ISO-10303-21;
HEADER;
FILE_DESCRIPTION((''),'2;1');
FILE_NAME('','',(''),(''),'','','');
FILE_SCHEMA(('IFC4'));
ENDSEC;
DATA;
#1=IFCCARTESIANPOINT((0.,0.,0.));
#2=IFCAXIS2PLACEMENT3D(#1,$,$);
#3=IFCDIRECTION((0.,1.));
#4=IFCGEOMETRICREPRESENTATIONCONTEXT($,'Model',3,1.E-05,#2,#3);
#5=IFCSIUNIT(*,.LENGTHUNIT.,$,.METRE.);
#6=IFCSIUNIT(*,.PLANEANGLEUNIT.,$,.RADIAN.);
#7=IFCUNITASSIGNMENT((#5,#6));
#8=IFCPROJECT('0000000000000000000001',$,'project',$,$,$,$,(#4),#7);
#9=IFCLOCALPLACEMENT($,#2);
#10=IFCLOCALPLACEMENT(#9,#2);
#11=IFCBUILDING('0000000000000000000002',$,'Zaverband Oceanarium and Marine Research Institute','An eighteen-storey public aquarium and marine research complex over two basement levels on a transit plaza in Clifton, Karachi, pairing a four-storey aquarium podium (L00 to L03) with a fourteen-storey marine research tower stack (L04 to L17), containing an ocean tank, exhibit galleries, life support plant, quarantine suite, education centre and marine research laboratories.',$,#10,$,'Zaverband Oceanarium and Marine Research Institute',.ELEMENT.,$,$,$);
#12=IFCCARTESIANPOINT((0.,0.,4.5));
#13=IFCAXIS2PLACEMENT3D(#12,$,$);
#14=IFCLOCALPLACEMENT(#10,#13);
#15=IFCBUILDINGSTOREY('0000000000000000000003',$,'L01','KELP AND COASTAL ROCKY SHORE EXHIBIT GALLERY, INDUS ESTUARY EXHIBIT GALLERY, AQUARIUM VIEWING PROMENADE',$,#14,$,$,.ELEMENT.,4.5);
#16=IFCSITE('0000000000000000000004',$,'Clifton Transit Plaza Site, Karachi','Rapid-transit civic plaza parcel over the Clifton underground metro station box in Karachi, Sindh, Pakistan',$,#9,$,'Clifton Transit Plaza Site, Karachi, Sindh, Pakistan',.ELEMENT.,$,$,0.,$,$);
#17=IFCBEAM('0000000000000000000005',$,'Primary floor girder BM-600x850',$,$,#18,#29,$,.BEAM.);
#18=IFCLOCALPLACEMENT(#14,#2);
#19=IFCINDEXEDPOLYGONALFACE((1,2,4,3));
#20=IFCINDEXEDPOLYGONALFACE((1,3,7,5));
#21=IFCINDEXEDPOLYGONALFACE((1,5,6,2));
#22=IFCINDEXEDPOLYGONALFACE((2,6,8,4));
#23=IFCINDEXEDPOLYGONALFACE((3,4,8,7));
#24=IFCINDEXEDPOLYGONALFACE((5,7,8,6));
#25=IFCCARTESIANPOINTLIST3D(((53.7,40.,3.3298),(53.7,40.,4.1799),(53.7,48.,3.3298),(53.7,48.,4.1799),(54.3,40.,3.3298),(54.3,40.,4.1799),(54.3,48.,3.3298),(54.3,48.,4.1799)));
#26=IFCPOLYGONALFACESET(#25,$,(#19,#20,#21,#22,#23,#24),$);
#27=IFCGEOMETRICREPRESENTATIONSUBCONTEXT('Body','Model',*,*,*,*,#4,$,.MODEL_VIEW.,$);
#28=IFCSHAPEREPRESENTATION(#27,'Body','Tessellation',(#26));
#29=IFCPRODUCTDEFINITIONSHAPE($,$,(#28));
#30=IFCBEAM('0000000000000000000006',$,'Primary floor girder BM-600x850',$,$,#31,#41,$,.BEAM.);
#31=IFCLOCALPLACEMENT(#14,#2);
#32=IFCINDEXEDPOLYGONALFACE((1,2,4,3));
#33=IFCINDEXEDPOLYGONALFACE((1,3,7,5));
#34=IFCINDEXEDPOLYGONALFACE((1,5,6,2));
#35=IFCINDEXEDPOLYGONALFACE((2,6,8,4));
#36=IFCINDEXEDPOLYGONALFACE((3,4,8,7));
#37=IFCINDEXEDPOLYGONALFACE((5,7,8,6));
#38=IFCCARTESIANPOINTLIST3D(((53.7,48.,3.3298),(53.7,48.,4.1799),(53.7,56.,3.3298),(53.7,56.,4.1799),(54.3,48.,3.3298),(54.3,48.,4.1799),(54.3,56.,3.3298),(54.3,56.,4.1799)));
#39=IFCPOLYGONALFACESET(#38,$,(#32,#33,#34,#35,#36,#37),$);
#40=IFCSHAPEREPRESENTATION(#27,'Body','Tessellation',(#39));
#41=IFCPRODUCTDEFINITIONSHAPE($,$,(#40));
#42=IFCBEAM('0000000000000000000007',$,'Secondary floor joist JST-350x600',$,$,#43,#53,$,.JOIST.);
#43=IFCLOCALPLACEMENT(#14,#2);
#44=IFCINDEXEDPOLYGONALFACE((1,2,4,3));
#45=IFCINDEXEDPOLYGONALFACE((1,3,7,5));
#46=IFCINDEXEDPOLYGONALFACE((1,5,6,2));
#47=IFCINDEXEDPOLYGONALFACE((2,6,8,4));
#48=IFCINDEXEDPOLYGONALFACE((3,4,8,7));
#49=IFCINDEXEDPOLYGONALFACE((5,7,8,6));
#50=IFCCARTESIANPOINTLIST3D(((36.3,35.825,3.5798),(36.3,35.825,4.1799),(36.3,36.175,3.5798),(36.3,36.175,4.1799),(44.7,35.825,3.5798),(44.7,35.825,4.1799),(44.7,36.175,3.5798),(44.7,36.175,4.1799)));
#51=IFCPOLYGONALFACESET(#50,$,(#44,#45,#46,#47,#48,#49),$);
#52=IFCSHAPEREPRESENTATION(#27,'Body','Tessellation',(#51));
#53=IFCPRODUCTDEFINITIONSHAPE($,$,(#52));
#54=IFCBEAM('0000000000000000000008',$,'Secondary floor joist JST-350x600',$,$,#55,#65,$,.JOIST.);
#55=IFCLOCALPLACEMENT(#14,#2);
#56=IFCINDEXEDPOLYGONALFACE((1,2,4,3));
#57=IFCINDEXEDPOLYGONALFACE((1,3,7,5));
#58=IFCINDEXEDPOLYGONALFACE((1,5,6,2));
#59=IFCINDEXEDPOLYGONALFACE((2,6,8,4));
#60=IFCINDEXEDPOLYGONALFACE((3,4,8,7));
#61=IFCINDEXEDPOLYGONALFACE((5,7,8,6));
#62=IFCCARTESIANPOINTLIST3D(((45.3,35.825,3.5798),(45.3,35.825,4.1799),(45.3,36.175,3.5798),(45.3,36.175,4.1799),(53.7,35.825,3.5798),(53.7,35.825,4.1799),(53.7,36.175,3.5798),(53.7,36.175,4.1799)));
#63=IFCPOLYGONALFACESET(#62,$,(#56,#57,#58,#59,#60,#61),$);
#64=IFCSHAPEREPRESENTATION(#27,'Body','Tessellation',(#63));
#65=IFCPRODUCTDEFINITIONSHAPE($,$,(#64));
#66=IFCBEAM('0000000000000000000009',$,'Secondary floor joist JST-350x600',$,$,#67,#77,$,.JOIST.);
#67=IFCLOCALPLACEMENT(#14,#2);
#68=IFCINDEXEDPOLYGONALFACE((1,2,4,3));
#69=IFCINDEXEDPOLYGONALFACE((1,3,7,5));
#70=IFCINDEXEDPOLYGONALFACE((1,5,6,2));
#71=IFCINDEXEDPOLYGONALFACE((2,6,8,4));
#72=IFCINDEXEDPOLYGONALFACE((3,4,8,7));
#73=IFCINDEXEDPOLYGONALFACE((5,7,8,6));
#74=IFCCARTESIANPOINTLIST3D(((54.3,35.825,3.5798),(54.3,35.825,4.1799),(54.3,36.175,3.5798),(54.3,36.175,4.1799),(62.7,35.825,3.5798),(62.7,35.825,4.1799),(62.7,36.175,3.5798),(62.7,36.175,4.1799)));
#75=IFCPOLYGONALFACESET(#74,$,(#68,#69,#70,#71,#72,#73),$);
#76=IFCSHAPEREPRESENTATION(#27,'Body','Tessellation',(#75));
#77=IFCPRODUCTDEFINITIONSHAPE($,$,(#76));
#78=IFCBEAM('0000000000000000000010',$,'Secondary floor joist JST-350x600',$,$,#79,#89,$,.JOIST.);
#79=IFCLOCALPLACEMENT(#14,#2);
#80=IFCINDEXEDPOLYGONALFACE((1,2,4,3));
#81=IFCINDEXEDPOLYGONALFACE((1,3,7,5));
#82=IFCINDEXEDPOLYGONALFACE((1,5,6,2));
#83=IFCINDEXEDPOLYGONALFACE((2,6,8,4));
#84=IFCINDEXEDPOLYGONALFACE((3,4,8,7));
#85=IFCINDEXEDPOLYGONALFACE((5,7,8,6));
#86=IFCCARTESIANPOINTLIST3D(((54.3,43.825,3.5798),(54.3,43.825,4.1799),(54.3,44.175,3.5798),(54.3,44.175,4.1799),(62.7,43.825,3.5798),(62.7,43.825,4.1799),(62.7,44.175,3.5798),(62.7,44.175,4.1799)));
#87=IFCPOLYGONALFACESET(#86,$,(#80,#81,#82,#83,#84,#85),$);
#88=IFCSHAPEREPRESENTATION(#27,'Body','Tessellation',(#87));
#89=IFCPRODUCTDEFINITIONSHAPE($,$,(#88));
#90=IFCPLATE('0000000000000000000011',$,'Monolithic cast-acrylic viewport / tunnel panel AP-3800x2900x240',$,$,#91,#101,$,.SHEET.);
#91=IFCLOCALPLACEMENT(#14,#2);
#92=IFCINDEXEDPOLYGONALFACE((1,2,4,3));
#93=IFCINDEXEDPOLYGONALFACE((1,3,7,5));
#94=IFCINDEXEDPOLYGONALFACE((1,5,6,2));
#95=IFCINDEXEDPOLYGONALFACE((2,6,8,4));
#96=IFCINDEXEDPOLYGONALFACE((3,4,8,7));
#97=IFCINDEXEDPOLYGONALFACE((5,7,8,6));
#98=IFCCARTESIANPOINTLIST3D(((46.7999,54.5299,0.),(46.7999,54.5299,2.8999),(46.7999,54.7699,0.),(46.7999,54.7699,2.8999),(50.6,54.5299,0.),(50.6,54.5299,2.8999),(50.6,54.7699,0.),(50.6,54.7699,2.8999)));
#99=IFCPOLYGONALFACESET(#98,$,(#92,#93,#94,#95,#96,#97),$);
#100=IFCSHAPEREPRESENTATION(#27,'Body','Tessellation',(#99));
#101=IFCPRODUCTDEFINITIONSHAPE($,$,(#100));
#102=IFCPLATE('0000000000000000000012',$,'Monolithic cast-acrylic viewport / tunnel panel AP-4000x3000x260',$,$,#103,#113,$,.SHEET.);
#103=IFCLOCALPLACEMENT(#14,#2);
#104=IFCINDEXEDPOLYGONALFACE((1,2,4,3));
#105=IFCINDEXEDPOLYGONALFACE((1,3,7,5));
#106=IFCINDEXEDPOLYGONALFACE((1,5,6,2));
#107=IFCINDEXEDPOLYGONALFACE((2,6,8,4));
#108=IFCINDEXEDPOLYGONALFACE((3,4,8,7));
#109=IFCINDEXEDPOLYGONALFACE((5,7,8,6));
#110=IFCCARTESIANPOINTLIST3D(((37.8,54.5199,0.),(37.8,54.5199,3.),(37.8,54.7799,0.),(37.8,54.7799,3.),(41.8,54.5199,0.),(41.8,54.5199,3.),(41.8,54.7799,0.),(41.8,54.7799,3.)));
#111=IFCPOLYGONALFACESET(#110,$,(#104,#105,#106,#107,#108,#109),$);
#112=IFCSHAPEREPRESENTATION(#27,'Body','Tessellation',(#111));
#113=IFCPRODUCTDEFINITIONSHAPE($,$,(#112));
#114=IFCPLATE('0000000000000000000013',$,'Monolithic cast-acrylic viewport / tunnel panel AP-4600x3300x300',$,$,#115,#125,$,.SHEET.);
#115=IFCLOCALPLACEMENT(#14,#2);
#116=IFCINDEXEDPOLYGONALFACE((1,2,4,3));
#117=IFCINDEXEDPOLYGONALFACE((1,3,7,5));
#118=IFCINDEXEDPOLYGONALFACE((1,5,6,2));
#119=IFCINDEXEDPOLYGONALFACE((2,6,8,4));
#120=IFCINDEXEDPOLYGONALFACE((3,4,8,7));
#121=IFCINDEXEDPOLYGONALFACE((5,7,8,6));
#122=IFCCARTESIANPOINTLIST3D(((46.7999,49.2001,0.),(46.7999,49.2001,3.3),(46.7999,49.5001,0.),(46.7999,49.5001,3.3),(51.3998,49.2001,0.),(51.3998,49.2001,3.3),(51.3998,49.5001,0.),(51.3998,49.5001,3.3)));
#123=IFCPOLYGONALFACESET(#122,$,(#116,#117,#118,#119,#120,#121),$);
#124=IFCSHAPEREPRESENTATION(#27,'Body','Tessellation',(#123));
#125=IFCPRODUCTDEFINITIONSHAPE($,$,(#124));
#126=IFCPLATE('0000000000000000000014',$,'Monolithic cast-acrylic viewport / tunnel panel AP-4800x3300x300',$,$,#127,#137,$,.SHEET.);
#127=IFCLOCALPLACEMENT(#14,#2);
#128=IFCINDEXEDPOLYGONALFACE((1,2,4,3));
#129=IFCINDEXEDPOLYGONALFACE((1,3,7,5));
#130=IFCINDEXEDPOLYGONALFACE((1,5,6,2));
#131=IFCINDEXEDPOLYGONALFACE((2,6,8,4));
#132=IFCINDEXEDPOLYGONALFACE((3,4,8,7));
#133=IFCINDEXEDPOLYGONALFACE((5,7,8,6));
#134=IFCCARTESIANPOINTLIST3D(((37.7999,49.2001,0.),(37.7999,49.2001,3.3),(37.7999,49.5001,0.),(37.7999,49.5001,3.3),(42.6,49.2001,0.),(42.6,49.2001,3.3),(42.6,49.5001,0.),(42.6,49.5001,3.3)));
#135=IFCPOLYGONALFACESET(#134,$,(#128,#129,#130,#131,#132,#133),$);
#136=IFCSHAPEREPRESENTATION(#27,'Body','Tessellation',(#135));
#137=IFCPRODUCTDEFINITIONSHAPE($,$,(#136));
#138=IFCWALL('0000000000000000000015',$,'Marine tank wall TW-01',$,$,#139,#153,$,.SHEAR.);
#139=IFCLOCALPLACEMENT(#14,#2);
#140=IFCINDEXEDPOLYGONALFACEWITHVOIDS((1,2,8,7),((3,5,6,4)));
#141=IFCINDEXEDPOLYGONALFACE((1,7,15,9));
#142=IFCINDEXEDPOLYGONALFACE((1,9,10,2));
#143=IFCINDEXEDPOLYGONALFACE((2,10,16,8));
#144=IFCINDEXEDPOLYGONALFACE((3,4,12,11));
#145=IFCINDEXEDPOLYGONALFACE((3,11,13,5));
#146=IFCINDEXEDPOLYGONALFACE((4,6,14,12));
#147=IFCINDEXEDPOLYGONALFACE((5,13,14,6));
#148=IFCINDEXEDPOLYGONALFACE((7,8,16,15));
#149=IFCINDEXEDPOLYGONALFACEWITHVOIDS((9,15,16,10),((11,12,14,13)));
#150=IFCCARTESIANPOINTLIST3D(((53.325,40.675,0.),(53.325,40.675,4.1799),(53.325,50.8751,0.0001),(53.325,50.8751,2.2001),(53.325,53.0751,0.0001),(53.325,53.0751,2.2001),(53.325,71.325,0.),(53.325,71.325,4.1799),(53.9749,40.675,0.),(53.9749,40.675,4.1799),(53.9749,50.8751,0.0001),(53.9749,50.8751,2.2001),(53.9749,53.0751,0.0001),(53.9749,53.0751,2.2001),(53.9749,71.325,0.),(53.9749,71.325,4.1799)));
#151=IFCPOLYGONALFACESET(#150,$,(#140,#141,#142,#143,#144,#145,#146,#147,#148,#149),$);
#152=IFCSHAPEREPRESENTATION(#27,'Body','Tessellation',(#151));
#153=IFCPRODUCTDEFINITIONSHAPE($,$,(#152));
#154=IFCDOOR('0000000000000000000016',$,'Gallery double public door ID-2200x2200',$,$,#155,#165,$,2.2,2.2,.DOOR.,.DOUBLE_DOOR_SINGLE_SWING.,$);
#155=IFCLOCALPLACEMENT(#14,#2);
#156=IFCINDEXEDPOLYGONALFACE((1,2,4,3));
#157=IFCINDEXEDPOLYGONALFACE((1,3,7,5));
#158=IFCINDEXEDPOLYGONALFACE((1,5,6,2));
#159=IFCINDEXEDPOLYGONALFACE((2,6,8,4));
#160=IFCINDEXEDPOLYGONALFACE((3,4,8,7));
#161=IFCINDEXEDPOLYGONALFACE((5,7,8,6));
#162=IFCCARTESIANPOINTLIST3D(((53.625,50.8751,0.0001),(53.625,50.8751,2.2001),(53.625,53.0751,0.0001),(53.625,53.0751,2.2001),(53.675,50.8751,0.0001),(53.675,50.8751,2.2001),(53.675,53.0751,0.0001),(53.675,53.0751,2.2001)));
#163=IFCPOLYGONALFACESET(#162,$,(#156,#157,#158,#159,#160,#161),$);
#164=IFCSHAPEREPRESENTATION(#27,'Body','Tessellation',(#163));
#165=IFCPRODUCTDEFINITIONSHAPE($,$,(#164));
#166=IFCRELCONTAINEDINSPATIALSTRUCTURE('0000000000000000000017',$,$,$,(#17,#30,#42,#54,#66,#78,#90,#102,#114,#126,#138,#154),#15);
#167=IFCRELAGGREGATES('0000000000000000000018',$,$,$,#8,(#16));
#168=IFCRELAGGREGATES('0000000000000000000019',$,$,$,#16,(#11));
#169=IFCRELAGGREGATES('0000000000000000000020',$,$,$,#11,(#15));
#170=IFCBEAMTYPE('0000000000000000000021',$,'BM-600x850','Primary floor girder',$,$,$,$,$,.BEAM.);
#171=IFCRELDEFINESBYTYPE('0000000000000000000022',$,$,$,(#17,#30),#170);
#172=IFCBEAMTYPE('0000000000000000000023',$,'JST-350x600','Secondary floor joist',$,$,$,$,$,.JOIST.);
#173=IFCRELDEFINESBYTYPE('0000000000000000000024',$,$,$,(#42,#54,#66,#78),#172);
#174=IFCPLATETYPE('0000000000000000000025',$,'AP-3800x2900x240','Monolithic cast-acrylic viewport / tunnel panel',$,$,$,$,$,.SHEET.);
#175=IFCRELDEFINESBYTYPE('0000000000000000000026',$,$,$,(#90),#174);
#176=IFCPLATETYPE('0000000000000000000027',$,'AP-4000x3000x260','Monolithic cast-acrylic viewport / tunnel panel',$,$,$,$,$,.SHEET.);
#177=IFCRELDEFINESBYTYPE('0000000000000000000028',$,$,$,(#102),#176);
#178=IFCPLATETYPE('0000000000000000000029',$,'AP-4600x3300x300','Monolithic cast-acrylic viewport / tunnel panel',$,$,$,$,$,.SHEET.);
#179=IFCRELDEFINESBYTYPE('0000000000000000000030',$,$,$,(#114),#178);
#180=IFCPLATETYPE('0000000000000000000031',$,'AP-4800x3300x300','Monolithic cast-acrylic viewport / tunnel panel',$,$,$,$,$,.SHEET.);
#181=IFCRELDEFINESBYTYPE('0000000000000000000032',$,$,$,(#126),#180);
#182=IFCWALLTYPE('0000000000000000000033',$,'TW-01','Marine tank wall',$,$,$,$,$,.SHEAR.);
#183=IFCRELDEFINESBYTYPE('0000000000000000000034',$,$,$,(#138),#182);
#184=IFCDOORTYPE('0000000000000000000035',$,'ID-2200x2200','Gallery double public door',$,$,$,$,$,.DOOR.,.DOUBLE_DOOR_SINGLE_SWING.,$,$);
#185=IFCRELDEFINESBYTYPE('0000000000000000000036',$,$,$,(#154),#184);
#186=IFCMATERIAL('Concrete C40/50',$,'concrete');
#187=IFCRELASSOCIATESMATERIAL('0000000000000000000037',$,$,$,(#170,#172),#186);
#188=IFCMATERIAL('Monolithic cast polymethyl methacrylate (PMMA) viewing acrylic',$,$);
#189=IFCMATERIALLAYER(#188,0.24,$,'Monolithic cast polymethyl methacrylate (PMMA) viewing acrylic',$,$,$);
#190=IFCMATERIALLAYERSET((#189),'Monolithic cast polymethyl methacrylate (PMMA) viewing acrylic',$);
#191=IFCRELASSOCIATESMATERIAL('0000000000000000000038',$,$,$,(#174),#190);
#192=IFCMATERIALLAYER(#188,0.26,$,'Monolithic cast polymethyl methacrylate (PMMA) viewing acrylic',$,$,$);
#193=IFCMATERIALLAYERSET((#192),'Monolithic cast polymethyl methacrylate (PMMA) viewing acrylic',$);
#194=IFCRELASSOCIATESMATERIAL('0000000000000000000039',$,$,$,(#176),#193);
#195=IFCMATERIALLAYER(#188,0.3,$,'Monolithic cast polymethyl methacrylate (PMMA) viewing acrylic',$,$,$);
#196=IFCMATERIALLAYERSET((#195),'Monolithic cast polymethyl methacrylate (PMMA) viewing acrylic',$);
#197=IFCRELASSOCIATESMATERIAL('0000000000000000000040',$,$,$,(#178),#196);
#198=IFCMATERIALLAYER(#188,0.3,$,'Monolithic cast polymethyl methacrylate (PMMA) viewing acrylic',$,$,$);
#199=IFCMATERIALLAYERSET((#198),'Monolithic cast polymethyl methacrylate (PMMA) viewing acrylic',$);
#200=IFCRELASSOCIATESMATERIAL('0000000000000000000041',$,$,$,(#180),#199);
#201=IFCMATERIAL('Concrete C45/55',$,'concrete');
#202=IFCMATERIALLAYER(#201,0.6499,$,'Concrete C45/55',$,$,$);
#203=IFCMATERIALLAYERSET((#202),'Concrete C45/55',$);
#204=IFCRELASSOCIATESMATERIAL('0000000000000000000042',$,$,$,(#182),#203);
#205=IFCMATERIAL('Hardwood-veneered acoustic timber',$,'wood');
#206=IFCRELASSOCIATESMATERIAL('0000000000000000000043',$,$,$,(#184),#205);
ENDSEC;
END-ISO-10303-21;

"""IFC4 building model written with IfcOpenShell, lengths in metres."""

from ifc_helpers import new_model, si_unit, direction, frame, frame_2d, origin, origin_2d, place, context, subcontext, project, spatial, rectangle, extrude, material, layer, layer_set, material_profile, profile_set, type_object, element, fill, save


model = new_model("IFC4")

# Units and contexts
model_context = context("Model", 3, precision=1e-05, world=origin(), true_north=direction((0.0, 1.0)))
body_context = subcontext(model_context, "Body", "Model", "MODEL_VIEW")
ifc_project = project(units=[si_unit("LENGTHUNIT", "METRE"), si_unit("PLANEANGLEUNIT", "RADIAN")], contexts=[model_context])

# Site, building, storey
site_placement = place(None, origin())
site = spatial("IfcSite", under=ifc_project, at=site_placement, Name="Clifton Transit Plaza Site, Karachi", Description="Rapid-transit civic plaza parcel over the Clifton underground metro station box in Karachi, Sindh, Pakistan", LongName="Clifton Transit Plaza Site, Karachi, Sindh, Pakistan", CompositionType="ELEMENT", RefElevation=0.0)
building_placement = place(site_placement, origin())
building = spatial("IfcBuilding", under=site, at=building_placement, Name="Zaverband Oceanarium and Marine Research Institute", Description="An eighteen-storey public aquarium and marine research complex over two basement levels on a transit plaza in Clifton, Karachi, pairing a four-storey aquarium podium (L00 to L03) with a fourteen-storey marine research tower stack (L04 to L17), containing an ocean tank, exhibit galleries, life support plant, quarantine suite, education centre and marine research laboratories.", LongName="Zaverband Oceanarium and Marine Research Institute", CompositionType="ELEMENT")
storey_placement = place(building_placement, frame((0.0, 0.0, 4.5)))
storey = spatial("IfcBuildingStorey", under=building, at=storey_placement, Name="L01", Description="KELP AND COASTAL ROCKY SHORE EXHIBIT GALLERY, INDUS ESTUARY EXHIBIT GALLERY, AQUARIUM VIEWING PROMENADE", CompositionType="ELEMENT", Elevation=4.5)

# Beams
ifc_material_1 = material(Name="Concrete C40/50", Category="concrete")
ifc_material_profile_1 = material_profile(ifc_material_1, rectangle(XDim=0.6001, YDim=0.8501, at=origin_2d()), Name="RC600x850")
ifc_profile_set_1 = profile_set([ifc_material_profile_1], Name="Concrete C40/50")
beam_type_1 = type_object("IfcBeamType", Name="BM-600x850", Description="Primary floor girder", PredefinedType="BEAM", material=ifc_profile_set_1)
for number, where, z_axis, x_axis, name in (
    (1, (54.0, 40.0, 3.7549), (0.0, 1.0, 0.0), (-1.0, 0.0, 0.0), "Primary floor girder BM-600x850"),
    (2, (54.0, 48.0, 3.7549), (0.0, 1.0, 0.0), (-1.0, 0.0, 0.0), "Primary floor girder BM-600x850"),
):
    element("IfcBeam", number, at=place(storey_placement, frame(where, z_axis=z_axis, x_axis=x_axis)), inside=storey, type_object=beam_type_1, Name=name, PredefinedType="BEAM", context=body_context, shape_type="SweptSolid", body=[
        extrude(rectangle(XDim=0.6001, YDim=0.8501, at=origin_2d()), origin(), (0.0, 0.0, 1.0), 8.0),
    ])
ifc_material_profile_2 = material_profile(ifc_material_1, rectangle(XDim=0.3501, YDim=0.6001, at=origin_2d()), Name="RC350x600")
ifc_profile_set_2 = profile_set([ifc_material_profile_2], Name="Concrete C40/50")
beam_type_2 = type_object("IfcBeamType", Name="JST-350x600", Description="Secondary floor joist", PredefinedType="JOIST", material=ifc_profile_set_2)
for number, where, z_axis, x_axis, name in (
    (3, (36.3, 36.0, 3.8799), (1.0, 0.0, 0.0), (0.0, 1.0, 0.0), "Secondary floor joist JST-350x600"),
    (4, (45.3, 36.0, 3.8799), (1.0, 0.0, 0.0), (0.0, 1.0, 0.0), "Secondary floor joist JST-350x600"),
    (5, (54.3, 36.0, 3.8799), (1.0, 0.0, 0.0), (0.0, 1.0, 0.0), "Secondary floor joist JST-350x600"),
    (6, (54.3, 44.0, 3.8799), (1.0, 0.0, 0.0), (0.0, 1.0, 0.0), "Secondary floor joist JST-350x600"),
):
    element("IfcBeam", number, at=place(storey_placement, frame(where, z_axis=z_axis, x_axis=x_axis)), inside=storey, type_object=beam_type_2, Name=name, PredefinedType="JOIST", context=body_context, shape_type="SweptSolid", body=[
        extrude(rectangle(XDim=0.3501, YDim=0.6001, at=origin_2d()), origin(), (0.0, 0.0, 1.0), 8.3999),
    ])

# Plates
ifc_material_2 = material(Name="Monolithic cast polymethyl methacrylate (PMMA) viewing acrylic")
ifc_layer_1 = layer(ifc_material_2, 0.24, Name="Monolithic cast polymethyl methacrylate (PMMA) viewing acrylic")
ifc_layer_set_1 = layer_set([ifc_layer_1], Name="Monolithic cast polymethyl methacrylate (PMMA) viewing acrylic")
plate_type_1 = type_object("IfcPlateType", Name="AP-3800x2900x240", Description="Monolithic cast-acrylic viewport / tunnel panel", PredefinedType="SHEET", material=ifc_layer_set_1)
plate_1_placement = place(storey_placement, frame((46.8, 54.6499, 0.0), z_axis=(0.0, 0.0, 1.0), x_axis=(1.0, 0.0, 0.0)))
element("IfcPlate", 7, at=plate_1_placement, inside=storey, type_object=plate_type_1, Name="Monolithic cast-acrylic viewport / tunnel panel AP-3800x2900x240", PredefinedType="SHEET", context=body_context, shape_type="SweptSolid", body=[
    extrude(rectangle(XDim=3.8, YDim=0.24, at=frame_2d((1.8999, 0.0))), origin(), (0.0, 0.0, 1.0), 2.8999),
])
ifc_layer_2 = layer(ifc_material_2, 0.26, Name="Monolithic cast polymethyl methacrylate (PMMA) viewing acrylic")
ifc_layer_set_2 = layer_set([ifc_layer_2], Name="Monolithic cast polymethyl methacrylate (PMMA) viewing acrylic")
plate_type_2 = type_object("IfcPlateType", Name="AP-4000x3000x260", Description="Monolithic cast-acrylic viewport / tunnel panel", PredefinedType="SHEET", material=ifc_layer_set_2)
plate_2_placement = place(storey_placement, frame((37.8, 54.6499, 0.0), z_axis=(0.0, 0.0, 1.0), x_axis=(1.0, 0.0, 0.0)))
element("IfcPlate", 8, at=plate_2_placement, inside=storey, type_object=plate_type_2, Name="Monolithic cast-acrylic viewport / tunnel panel AP-4000x3000x260", PredefinedType="SHEET", context=body_context, shape_type="SweptSolid", body=[
    extrude(rectangle(XDim=4.0, YDim=0.26, at=frame_2d((2.0, 0.0))), origin(), (0.0, 0.0, 1.0), 3.0),
])
ifc_layer_3 = layer(ifc_material_2, 0.3, Name="Monolithic cast polymethyl methacrylate (PMMA) viewing acrylic")
ifc_layer_set_3 = layer_set([ifc_layer_3], Name="Monolithic cast polymethyl methacrylate (PMMA) viewing acrylic")
plate_type_3 = type_object("IfcPlateType", Name="AP-4600x3300x300", Description="Monolithic cast-acrylic viewport / tunnel panel", PredefinedType="SHEET", material=ifc_layer_set_3)
plate_3_placement = place(storey_placement, frame((46.8, 49.3501, 0.0), z_axis=(0.0, 0.0, 1.0), x_axis=(1.0, 0.0, 0.0)))
element("IfcPlate", 9, at=plate_3_placement, inside=storey, type_object=plate_type_3, Name="Monolithic cast-acrylic viewport / tunnel panel AP-4600x3300x300", PredefinedType="SHEET", context=body_context, shape_type="SweptSolid", body=[
    extrude(rectangle(XDim=4.5999, YDim=0.3, at=frame_2d((2.2998, 0.0))), origin(), (0.0, 0.0, 1.0), 3.3),
])
ifc_layer_4 = layer(ifc_material_2, 0.3, Name="Monolithic cast polymethyl methacrylate (PMMA) viewing acrylic")
ifc_layer_set_4 = layer_set([ifc_layer_4], Name="Monolithic cast polymethyl methacrylate (PMMA) viewing acrylic")
plate_type_4 = type_object("IfcPlateType", Name="AP-4800x3300x300", Description="Monolithic cast-acrylic viewport / tunnel panel", PredefinedType="SHEET", material=ifc_layer_set_4)
plate_4_placement = place(storey_placement, frame((37.8, 49.3501, 0.0), z_axis=(0.0, 0.0, 1.0), x_axis=(1.0, 0.0, 0.0)))
element("IfcPlate", 10, at=plate_4_placement, inside=storey, type_object=plate_type_4, Name="Monolithic cast-acrylic viewport / tunnel panel AP-4800x3300x300", PredefinedType="SHEET", context=body_context, shape_type="SweptSolid", body=[
    extrude(rectangle(XDim=4.8, YDim=0.3, at=frame_2d((2.3999, 0.0))), origin(), (0.0, 0.0, 1.0), 3.3),
])

# Wall, opening, door
ifc_material_3 = material(Name="Concrete C45/55", Category="concrete")
ifc_layer_5 = layer(ifc_material_3, 0.6499, Name="Concrete C45/55")
ifc_layer_set_5 = layer_set([ifc_layer_5], Name="Concrete C45/55")
wall_type = type_object("IfcWallType", Name="TW-01", Description="Marine tank wall", PredefinedType="SHEAR", material=ifc_layer_set_5)
wall_placement = place(storey_placement, frame((53.6499, 40.675, 0.0), z_axis=(0.0, 0.0, 1.0), x_axis=(0.0, 1.0, 0.0)))
wall = element("IfcWall", 11, at=wall_placement, inside=storey, type_object=wall_type, Name="Marine tank wall TW-01", PredefinedType="SHEAR", context=body_context, shape_type="SweptSolid", body=[
    extrude(rectangle(XDim=30.6499, YDim=0.6499, at=frame_2d((15.325, 0.0))), origin(), (0.0, 0.0, 1.0), 4.1799),
])
opening_placement = place(wall_placement, frame((10.2, 0.0, 0.0)))
opening = element("IfcOpeningElement", 12, at=opening_placement, cuts=wall, PredefinedType="OPENING", context=body_context, shape_type="SweptSolid", body=[
    extrude(rectangle(XDim=2.2, YDim=2.2, at=frame_2d((1.1001, 1.1001))), frame((0.0, 0.3369, 0.0), z_axis=(0.0, -1.0, 0.0), x_axis=(1.0, 0.0, 0.0)), (0.0, 0.0, 1.0), 0.6738),
])
ifc_material_4 = material(Name="Hardwood-veneered acoustic timber", Category="wood")
door_type = type_object("IfcDoorType", Name="ID-2200x2200", Description="Gallery double public door", OperationType="DOUBLE_DOOR_SINGLE_SWING", PredefinedType="DOOR", material=ifc_material_4)
door_placement = place(opening_placement, origin())
door = element("IfcDoor", 13, at=door_placement, inside=storey, type_object=door_type, Name="Gallery double public door ID-2200x2200", OperationType="DOUBLE_DOOR_SINGLE_SWING", OverallHeight=2.2, OverallWidth=2.2, PredefinedType="DOOR", context=body_context, shape_type="SweptSolid", body=[
    extrude(rectangle(XDim=2.2, YDim=2.2, at=frame_2d((1.1001, 1.1001))), frame((0.0, 0.0249, 0.0), z_axis=(0.0, -1.0, 0.0), x_axis=(1.0, 0.0, 0.0)), (0.0, 0.0, 1.0), 0.05),
])
fill(opening, door)

save(model, "model.ifc")
